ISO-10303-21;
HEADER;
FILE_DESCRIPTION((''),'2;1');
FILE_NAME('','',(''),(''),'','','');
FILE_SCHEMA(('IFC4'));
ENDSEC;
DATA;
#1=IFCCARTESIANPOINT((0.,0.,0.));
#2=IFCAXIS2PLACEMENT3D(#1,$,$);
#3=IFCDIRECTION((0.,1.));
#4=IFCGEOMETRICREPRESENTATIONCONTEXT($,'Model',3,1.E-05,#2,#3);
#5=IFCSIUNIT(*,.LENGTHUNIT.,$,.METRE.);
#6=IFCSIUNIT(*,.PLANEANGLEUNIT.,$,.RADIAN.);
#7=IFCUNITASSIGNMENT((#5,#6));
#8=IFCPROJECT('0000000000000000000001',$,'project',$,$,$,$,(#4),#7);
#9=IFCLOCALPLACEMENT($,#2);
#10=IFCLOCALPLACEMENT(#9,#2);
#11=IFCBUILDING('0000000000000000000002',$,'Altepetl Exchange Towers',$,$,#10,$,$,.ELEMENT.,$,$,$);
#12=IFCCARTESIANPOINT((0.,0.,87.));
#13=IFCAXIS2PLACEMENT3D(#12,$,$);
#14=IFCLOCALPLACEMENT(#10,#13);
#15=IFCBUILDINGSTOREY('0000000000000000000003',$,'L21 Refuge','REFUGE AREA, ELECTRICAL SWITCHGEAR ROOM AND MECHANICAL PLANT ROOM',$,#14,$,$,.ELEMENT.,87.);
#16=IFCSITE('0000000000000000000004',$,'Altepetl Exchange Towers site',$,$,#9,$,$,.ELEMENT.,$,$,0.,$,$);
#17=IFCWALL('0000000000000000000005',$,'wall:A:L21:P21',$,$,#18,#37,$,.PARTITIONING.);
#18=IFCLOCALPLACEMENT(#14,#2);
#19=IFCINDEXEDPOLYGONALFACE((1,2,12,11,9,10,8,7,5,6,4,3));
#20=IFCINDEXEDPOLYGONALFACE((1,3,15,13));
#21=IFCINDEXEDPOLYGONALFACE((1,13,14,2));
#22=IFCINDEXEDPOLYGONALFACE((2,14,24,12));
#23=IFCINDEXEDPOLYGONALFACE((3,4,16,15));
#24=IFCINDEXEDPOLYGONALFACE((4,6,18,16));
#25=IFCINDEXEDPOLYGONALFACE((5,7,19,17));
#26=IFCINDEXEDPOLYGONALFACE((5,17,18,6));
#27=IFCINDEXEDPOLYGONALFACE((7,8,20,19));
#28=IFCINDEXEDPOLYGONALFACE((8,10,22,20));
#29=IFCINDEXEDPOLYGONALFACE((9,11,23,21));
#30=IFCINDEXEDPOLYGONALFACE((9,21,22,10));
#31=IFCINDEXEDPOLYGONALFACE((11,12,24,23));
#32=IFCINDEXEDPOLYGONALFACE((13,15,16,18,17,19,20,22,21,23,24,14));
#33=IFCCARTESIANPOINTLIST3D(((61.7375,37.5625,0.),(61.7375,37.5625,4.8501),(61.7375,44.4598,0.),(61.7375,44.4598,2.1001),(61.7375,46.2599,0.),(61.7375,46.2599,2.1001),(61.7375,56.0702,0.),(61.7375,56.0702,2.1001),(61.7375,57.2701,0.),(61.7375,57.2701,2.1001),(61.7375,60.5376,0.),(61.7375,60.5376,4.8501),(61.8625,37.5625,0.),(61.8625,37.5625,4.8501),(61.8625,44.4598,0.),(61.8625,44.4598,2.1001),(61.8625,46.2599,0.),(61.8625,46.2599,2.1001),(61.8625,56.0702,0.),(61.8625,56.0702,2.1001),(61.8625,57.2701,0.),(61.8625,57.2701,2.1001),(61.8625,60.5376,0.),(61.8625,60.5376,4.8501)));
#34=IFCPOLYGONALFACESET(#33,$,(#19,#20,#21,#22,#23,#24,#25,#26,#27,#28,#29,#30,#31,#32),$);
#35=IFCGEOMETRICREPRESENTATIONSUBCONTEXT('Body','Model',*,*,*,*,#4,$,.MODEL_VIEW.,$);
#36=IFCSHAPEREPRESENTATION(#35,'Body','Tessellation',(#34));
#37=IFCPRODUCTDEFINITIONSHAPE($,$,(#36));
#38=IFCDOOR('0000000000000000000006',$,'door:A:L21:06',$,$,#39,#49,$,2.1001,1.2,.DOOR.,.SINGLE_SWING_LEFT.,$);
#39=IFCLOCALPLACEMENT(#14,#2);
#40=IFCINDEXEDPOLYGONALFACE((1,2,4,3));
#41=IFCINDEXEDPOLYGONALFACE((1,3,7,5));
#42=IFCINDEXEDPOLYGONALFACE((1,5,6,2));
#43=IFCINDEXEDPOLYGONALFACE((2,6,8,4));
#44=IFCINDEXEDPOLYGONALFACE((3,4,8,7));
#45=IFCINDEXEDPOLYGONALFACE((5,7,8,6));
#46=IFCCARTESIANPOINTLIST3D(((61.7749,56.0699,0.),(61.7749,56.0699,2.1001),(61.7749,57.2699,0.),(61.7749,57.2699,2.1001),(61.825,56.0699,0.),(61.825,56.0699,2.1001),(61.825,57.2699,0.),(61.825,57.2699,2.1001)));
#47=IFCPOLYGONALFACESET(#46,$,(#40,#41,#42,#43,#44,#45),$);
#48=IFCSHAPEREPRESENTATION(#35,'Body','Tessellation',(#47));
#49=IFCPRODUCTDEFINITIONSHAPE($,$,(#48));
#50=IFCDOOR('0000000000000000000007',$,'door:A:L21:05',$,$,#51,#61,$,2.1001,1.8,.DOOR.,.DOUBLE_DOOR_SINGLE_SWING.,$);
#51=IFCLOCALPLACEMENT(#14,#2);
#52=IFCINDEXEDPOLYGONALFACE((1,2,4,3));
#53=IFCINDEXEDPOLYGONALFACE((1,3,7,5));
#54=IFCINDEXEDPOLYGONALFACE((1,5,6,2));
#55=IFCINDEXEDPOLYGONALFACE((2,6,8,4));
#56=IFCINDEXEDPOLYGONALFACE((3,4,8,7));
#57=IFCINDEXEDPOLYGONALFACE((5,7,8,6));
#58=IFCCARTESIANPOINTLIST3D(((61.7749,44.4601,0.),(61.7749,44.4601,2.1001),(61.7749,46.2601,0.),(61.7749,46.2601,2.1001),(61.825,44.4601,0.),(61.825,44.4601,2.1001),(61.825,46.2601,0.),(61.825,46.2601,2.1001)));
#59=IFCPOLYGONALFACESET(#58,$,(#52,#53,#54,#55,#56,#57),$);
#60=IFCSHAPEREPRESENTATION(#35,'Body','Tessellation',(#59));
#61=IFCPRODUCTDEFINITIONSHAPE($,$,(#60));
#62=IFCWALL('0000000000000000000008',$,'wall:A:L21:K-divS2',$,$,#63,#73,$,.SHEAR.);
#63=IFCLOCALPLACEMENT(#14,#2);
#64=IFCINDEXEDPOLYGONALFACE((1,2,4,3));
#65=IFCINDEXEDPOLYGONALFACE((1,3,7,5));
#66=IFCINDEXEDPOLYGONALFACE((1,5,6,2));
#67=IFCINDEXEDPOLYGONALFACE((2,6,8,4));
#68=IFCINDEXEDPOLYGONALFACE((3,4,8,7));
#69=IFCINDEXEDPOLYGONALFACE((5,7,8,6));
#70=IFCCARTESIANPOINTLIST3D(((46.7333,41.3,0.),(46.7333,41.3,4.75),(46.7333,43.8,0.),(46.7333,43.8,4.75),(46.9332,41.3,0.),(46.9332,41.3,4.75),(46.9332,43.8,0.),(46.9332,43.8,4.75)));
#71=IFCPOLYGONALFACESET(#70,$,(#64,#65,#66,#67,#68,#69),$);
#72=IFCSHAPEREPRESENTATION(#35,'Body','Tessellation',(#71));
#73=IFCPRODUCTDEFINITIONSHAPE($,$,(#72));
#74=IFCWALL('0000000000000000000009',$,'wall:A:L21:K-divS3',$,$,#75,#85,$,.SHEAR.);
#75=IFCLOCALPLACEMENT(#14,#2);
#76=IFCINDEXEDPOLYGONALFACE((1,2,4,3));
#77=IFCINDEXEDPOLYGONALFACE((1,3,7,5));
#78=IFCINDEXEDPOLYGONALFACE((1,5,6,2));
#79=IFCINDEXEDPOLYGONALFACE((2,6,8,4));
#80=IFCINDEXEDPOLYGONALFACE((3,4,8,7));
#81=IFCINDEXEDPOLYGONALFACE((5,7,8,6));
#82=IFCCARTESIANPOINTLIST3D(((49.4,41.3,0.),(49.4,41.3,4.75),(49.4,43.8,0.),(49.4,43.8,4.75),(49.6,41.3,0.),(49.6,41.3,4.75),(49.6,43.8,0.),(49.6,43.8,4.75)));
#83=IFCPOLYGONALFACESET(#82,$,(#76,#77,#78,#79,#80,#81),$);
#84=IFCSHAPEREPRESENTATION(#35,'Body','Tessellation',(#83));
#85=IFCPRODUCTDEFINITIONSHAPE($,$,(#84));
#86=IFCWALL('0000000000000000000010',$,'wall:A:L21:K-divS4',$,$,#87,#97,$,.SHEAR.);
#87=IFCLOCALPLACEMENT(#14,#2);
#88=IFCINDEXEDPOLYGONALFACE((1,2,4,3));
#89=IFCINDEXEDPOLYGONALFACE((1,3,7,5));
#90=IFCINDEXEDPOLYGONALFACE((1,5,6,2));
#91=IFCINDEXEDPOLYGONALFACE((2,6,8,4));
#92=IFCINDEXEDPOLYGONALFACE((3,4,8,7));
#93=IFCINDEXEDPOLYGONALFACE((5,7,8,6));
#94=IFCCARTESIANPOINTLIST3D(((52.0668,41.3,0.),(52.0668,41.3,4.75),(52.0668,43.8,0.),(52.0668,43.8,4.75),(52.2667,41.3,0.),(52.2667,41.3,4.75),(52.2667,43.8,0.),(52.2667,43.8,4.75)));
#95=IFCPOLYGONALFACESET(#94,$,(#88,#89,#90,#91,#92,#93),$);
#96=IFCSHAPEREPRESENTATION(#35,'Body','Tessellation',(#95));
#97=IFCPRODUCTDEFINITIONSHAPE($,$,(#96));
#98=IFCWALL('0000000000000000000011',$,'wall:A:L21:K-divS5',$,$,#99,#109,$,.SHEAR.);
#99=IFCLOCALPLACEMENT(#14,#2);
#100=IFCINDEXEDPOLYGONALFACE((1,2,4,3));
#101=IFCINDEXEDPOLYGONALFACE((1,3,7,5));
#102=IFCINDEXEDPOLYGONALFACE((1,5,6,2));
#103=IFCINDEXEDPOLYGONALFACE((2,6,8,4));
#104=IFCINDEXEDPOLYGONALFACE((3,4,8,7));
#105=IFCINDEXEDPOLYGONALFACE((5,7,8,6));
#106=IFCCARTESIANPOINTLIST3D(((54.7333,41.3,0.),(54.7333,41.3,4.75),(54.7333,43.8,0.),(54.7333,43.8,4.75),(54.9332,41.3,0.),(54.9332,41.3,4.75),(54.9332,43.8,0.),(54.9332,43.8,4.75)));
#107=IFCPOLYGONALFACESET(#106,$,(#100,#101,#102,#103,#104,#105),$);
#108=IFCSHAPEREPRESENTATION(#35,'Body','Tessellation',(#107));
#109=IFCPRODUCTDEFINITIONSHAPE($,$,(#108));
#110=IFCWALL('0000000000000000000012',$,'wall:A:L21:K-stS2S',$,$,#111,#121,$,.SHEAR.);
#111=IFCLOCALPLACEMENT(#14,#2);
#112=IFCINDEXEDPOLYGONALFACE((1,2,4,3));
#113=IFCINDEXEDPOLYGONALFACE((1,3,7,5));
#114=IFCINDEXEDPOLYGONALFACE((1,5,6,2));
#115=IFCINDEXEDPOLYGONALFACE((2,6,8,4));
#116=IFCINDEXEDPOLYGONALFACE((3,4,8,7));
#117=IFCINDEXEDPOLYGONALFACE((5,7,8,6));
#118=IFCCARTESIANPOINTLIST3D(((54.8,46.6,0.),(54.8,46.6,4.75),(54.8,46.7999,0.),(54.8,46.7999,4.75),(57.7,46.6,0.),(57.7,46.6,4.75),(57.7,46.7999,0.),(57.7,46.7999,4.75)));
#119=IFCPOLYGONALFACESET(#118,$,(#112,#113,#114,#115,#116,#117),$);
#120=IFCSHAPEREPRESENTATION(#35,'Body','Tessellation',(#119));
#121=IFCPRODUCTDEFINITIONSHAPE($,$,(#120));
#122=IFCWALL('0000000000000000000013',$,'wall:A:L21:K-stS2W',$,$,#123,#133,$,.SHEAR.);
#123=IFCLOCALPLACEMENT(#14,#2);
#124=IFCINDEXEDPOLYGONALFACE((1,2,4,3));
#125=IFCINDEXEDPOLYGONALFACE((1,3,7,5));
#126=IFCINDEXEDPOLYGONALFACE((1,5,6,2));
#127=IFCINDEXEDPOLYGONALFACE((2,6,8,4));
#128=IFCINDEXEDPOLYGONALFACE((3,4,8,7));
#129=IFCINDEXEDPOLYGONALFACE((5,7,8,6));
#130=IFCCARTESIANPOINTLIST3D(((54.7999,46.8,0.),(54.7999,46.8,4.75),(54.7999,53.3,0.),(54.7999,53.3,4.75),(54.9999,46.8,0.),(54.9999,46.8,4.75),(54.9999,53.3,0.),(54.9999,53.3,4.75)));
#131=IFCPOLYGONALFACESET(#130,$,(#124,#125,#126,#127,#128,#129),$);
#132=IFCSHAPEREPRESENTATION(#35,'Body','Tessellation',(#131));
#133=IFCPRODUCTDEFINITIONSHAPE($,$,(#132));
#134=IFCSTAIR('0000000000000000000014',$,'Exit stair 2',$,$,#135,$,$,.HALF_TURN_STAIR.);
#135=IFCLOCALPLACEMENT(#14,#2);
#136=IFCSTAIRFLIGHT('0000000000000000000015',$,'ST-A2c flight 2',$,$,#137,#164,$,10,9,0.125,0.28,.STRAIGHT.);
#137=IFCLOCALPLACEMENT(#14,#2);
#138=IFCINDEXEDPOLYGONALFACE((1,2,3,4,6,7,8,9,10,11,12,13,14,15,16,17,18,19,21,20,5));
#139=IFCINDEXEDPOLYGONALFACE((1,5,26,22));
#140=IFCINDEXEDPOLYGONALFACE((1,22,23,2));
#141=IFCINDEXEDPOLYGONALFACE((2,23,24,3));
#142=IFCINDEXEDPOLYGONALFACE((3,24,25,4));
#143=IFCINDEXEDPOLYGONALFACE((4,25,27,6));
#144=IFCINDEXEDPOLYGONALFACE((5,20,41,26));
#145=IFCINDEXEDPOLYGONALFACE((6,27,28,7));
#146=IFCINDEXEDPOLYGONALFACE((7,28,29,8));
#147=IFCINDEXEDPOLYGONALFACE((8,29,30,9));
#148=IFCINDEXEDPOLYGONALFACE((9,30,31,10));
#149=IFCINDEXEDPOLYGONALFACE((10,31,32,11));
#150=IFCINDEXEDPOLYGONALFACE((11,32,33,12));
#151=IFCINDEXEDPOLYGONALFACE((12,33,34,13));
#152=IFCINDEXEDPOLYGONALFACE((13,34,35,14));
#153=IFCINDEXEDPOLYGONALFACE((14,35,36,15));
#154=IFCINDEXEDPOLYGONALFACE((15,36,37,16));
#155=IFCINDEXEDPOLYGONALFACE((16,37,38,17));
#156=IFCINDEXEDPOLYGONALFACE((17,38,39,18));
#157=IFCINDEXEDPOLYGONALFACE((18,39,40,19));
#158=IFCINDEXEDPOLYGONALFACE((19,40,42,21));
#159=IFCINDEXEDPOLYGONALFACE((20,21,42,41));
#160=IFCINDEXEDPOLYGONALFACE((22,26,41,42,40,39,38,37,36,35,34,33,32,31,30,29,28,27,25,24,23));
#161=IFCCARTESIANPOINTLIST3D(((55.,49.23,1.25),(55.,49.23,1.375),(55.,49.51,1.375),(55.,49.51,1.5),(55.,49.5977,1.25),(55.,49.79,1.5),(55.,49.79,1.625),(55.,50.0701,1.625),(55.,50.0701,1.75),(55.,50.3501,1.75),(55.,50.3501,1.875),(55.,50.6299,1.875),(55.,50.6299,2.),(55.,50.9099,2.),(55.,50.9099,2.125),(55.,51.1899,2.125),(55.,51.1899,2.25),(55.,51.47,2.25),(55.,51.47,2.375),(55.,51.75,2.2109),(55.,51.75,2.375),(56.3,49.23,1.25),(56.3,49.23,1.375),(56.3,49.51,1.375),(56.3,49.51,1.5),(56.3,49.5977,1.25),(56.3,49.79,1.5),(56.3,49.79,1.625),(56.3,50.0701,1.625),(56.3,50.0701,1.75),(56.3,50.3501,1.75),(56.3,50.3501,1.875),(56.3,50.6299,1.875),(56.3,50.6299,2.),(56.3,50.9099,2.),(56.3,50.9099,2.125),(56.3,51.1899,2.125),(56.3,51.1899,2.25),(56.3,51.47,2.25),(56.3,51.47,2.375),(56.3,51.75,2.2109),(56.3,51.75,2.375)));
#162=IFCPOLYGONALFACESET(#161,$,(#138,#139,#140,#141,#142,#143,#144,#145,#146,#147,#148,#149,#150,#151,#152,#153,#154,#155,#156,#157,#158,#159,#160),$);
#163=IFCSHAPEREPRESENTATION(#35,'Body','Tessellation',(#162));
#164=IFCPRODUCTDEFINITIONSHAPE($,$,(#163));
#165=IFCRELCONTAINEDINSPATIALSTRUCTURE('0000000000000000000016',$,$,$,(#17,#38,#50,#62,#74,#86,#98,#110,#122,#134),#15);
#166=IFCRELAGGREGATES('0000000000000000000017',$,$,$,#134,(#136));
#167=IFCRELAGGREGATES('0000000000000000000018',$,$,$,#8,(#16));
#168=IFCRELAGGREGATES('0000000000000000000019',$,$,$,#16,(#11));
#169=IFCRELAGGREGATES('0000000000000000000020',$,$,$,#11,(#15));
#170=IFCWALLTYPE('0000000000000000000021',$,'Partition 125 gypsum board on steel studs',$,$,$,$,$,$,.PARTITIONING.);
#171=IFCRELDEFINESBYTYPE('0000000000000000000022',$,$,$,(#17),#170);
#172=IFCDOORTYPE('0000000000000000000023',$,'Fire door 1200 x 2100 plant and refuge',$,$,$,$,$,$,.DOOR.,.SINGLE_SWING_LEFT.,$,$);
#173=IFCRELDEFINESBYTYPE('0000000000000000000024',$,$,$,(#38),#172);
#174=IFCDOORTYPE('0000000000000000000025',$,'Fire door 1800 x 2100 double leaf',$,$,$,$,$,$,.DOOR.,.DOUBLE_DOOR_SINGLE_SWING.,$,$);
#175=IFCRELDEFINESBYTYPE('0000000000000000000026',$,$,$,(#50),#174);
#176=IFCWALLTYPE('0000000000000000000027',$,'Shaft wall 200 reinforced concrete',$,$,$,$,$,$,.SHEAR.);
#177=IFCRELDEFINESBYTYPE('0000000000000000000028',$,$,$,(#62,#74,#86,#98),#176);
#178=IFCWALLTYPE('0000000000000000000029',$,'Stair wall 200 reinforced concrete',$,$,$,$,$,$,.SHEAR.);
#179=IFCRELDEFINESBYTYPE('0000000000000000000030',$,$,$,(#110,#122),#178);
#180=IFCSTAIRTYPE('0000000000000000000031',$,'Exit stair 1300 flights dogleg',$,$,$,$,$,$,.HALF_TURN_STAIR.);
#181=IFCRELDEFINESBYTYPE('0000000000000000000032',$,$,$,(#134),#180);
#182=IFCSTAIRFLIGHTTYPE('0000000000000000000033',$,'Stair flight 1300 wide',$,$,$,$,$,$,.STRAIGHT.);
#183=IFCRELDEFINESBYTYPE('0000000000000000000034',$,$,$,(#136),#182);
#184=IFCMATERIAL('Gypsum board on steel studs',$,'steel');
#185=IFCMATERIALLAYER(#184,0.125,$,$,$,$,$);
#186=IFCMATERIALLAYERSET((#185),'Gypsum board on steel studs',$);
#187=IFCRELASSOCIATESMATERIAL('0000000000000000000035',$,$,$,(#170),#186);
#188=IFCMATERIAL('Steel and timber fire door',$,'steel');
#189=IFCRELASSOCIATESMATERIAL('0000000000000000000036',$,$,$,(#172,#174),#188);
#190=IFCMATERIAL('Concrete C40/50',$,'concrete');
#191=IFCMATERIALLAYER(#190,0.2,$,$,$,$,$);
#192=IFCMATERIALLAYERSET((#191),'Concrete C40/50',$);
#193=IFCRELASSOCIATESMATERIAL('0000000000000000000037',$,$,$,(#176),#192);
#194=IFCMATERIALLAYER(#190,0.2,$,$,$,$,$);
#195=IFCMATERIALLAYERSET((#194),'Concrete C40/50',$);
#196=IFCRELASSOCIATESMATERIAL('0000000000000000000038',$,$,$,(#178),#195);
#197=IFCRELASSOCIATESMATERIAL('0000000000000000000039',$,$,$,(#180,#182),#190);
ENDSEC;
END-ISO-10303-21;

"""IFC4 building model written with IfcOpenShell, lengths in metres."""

from ifc_helpers import new_model, si_unit, direction, frame, frame_2d, origin, place, context, subcontext, project, spatial, polyline, rectangle, outline, extrude, material, layer, layer_set, type_object, element, fill, aggregate, save


model = new_model("IFC4")

# Units and contexts
model_context = context("Model", 3, precision=1e-05, world=origin(), true_north=direction((0.0, 1.0)))
body_context = subcontext(model_context, "Body", "Model", "MODEL_VIEW")
ifc_project = project(units=[si_unit("LENGTHUNIT", "METRE"), si_unit("PLANEANGLEUNIT", "RADIAN")], contexts=[model_context])

# Site, building, storey
site_placement = place(None, origin())
site = spatial("IfcSite", under=ifc_project, at=site_placement, Name="Altepetl Exchange Towers site", CompositionType="ELEMENT", RefElevation=0.0)
building_placement = place(site_placement, origin())
building = spatial("IfcBuilding", under=site, at=building_placement, Name="Altepetl Exchange Towers", CompositionType="ELEMENT")
storey_placement = place(building_placement, frame((0.0, 0.0, 87.0)))
storey = spatial("IfcBuildingStorey", under=building, at=storey_placement, Name="L21 Refuge", Description="REFUGE AREA, ELECTRICAL SWITCHGEAR ROOM AND MECHANICAL PLANT ROOM", CompositionType="ELEMENT", Elevation=87.0)

# Shared definitions
ifc_material_1 = material(Name="Steel and timber fire door", Category="steel")

# Shared definitions
ifc_material_2 = material(Name="Gypsum board on steel studs", Category="steel")
ifc_layer_1 = layer(ifc_material_2, 0.125)
ifc_layer_set_1 = layer_set([ifc_layer_1], Name="Gypsum board on steel studs")
wall_type_1 = type_object("IfcWallType", Name="Partition 125 gypsum board on steel studs", PredefinedType="PARTITIONING", material=ifc_layer_set_1)

# Wall, openings, doors
wall_1_placement = place(storey_placement, frame((61.8, 37.5625, 0.0), z_axis=(0.0, 0.0, 1.0), x_axis=(0.0, 1.0, 0.0)))
wall_1 = element("IfcWall", 1, at=wall_1_placement, inside=storey, type_object=wall_type_1, Name="wall:A:L21:P21", PredefinedType="PARTITIONING", context=body_context, shape_type="SweptSolid", body=[
    extrude(rectangle(XDim=22.9751, YDim=0.125, at=frame_2d((11.4875, 0.0))), origin(), (0.0, 0.0, 1.0), 4.8501),
])
opening_1_placement = place(wall_1_placement, frame((6.8975, 0.0, 0.0)))
opening_1 = element("IfcOpeningElement", 2, at=opening_1_placement, cuts=wall_1, PredefinedType="OPENING", context=body_context, shape_type="SweptSolid", body=[
    extrude(rectangle(XDim=1.8, YDim=2.1001, at=frame_2d((0.8999, 1.05))), frame((0.0, 0.0725, 0.0), z_axis=(0.0, -1.0, 0.0), x_axis=(1.0, 0.0, 0.0)), (0.0, 0.0, 1.0), 0.145),
])
opening_2_placement = place(wall_1_placement, frame((18.5076, 0.0, 0.0)))
opening_2 = element("IfcOpeningElement", 3, at=opening_2_placement, cuts=wall_1, PredefinedType="OPENING", context=body_context, shape_type="SweptSolid", body=[
    extrude(rectangle(XDim=1.2, YDim=2.1001, at=frame_2d((0.6001, 1.05))), frame((0.0, 0.0725, 0.0), z_axis=(0.0, -1.0, 0.0), x_axis=(1.0, 0.0, 0.0)), (0.0, 0.0, 1.0), 0.145),
])
door_type_1 = type_object("IfcDoorType", Name="Fire door 1200 x 2100 plant and refuge", OperationType="SINGLE_SWING_LEFT", PredefinedType="DOOR", material=ifc_material_1)
door_1_placement = place(opening_2_placement, frame((1.2, 0.0, 0.0), x_axis=(-1.0, 0.0, 0.0)))
door_1 = element("IfcDoor", 4, at=door_1_placement, inside=storey, type_object=door_type_1, Name="door:A:L21:06", OperationType="SINGLE_SWING_LEFT", OverallHeight=2.1001, OverallWidth=1.2, PredefinedType="DOOR", context=body_context, shape_type="SweptSolid", body=[
    extrude(rectangle(XDim=1.2, YDim=2.1001, at=frame_2d((0.6001, 1.05))), frame((0.0, 0.0249, 0.0), z_axis=(0.0, -1.0, 0.0), x_axis=(1.0, 0.0, 0.0)), (0.0, 0.0, 1.0), 0.05),
])
fill(opening_2, door_1)
door_type_2 = type_object("IfcDoorType", Name="Fire door 1800 x 2100 double leaf", OperationType="DOUBLE_DOOR_SINGLE_SWING", PredefinedType="DOOR", material=ifc_material_1)
door_2_placement = place(opening_1_placement, frame((1.8, 0.0, 0.0), x_axis=(-1.0, 0.0, 0.0)))
door_2 = element("IfcDoor", 5, at=door_2_placement, inside=storey, type_object=door_type_2, Name="door:A:L21:05", OperationType="DOUBLE_DOOR_SINGLE_SWING", OverallHeight=2.1001, OverallWidth=1.8, PredefinedType="DOOR", context=body_context, shape_type="SweptSolid", body=[
    extrude(rectangle(XDim=1.8, YDim=2.1001, at=frame_2d((0.8999, 1.05))), frame((0.0, 0.0249, 0.0), z_axis=(0.0, -1.0, 0.0), x_axis=(1.0, 0.0, 0.0)), (0.0, 0.0, 1.0), 0.05),
])
fill(opening_1, door_2)

# Walls
ifc_material_3 = material(Name="Concrete C40/50", Category="concrete")
ifc_layer_2 = layer(ifc_material_3, 0.2)
ifc_layer_set_2 = layer_set([ifc_layer_2], Name="Concrete C40/50")
wall_type_2 = type_object("IfcWallType", Name="Shaft wall 200 reinforced concrete", PredefinedType="SHEAR", material=ifc_layer_set_2)
for number, where, z_axis, x_axis, name in (
    (6, (46.8333, 41.3, 0.0), (0.0, 0.0, 1.0), (0.0, 1.0, 0.0), "wall:A:L21:K-divS2"),
    (7, (49.5, 41.3, 0.0), (0.0, 0.0, 1.0), (0.0, 1.0, 0.0), "wall:A:L21:K-divS3"),
    (8, (52.1667, 41.3, 0.0), (0.0, 0.0, 1.0), (0.0, 1.0, 0.0), "wall:A:L21:K-divS4"),
    (9, (54.8333, 41.3, 0.0), (0.0, 0.0, 1.0), (0.0, 1.0, 0.0), "wall:A:L21:K-divS5"),
):
    element("IfcWall", number, at=place(storey_placement, frame(where, z_axis=z_axis, x_axis=x_axis)), inside=storey, type_object=wall_type_2, Name=name, PredefinedType="SHEAR", context=body_context, shape_type="SweptSolid", body=[
        extrude(rectangle(XDim=2.5, YDim=0.2, at=frame_2d((1.25, 0.0))), origin(), (0.0, 0.0, 1.0), 4.75),
    ])
ifc_layer_3 = layer(ifc_material_3, 0.2)
ifc_layer_set_3 = layer_set([ifc_layer_3], Name="Concrete C40/50")
wall_type_3 = type_object("IfcWallType", Name="Stair wall 200 reinforced concrete", PredefinedType="SHEAR", material=ifc_layer_set_3)
wall_2_placement = place(storey_placement, frame((54.8, 46.7, 0.0)))
element("IfcWall", 10, at=wall_2_placement, inside=storey, type_object=wall_type_3, Name="wall:A:L21:K-stS2S", PredefinedType="SHEAR", context=body_context, shape_type="SweptSolid", body=[
    extrude(rectangle(XDim=2.8999, YDim=0.2, at=frame_2d((1.45, 0.0))), origin(), (0.0, 0.0, 1.0), 4.75),
])
wall_3_placement = place(storey_placement, frame((54.8999, 46.8, 0.0), z_axis=(0.0, 0.0, 1.0), x_axis=(0.0, 1.0, 0.0)))
element("IfcWall", 11, at=wall_3_placement, inside=storey, type_object=wall_type_3, Name="wall:A:L21:K-stS2W", PredefinedType="SHEAR", context=body_context, shape_type="SweptSolid", body=[
    extrude(rectangle(XDim=6.5, YDim=0.2, at=frame_2d((3.25, 0.0))), origin(), (0.0, 0.0, 1.0), 4.75),
])

# Stair, stair flight
stair_type = type_object("IfcStairType", Name="Exit stair 1300 flights dogleg", PredefinedType="HALF_TURN_STAIR", material=ifc_material_3)
stair_placement = place(storey_placement, origin())
stair = element("IfcStair", 12, at=stair_placement, inside=storey, type_object=stair_type, Name="Exit stair 2", PredefinedType="HALF_TURN_STAIR")
stair_flight_type = type_object("IfcStairFlightType", Name="Stair flight 1300 wide", PredefinedType="STRAIGHT", material=ifc_material_3)
stair_flight_1_placement = place(storey_placement, frame((55.6499, 49.23, 1.25), z_axis=(0.0, 0.0, 1.0), x_axis=(0.0, 1.0, 0.0)))
stair_flight_1 = element("IfcStairFlight", 13, at=stair_flight_1_placement, type_object=stair_flight_type, Name="ST-A2c flight 2", NumberOfRisers=10, NumberOfTreads=9, PredefinedType="STRAIGHT", RiserHeight=0.125, TreadLength=0.28, context=body_context, shape_type="SweptSolid", body=[
    extrude(outline(polyline([(0.0, 0.0), (0.0, 0.125), (0.28, 0.125), (0.28, 0.25), (0.5601, 0.25), (0.5601, 0.375), (0.8401, 0.375), (0.8401, 0.5), (1.1201, 0.5), (1.1201, 0.625), (1.3999, 0.625), (1.3999, 0.75), (1.6799, 0.75), (1.6799, 0.875), (1.96, 0.875), (1.96, 1.0), (2.24, 1.0), (2.24, 1.125), (2.52, 1.125), (2.52, 1.25), (2.52, 0.9609), (0.3677, 0.0), (0.0, 0.0)])), frame((0.0, 0.6499, 0.0), z_axis=(0.0, -1.0, 0.0), x_axis=(1.0, 0.0, 0.0)), (0.0, 0.0, 1.0), 1.3),
])
aggregate(stair, [stair_flight_1])

save(model, "model.ifc")
